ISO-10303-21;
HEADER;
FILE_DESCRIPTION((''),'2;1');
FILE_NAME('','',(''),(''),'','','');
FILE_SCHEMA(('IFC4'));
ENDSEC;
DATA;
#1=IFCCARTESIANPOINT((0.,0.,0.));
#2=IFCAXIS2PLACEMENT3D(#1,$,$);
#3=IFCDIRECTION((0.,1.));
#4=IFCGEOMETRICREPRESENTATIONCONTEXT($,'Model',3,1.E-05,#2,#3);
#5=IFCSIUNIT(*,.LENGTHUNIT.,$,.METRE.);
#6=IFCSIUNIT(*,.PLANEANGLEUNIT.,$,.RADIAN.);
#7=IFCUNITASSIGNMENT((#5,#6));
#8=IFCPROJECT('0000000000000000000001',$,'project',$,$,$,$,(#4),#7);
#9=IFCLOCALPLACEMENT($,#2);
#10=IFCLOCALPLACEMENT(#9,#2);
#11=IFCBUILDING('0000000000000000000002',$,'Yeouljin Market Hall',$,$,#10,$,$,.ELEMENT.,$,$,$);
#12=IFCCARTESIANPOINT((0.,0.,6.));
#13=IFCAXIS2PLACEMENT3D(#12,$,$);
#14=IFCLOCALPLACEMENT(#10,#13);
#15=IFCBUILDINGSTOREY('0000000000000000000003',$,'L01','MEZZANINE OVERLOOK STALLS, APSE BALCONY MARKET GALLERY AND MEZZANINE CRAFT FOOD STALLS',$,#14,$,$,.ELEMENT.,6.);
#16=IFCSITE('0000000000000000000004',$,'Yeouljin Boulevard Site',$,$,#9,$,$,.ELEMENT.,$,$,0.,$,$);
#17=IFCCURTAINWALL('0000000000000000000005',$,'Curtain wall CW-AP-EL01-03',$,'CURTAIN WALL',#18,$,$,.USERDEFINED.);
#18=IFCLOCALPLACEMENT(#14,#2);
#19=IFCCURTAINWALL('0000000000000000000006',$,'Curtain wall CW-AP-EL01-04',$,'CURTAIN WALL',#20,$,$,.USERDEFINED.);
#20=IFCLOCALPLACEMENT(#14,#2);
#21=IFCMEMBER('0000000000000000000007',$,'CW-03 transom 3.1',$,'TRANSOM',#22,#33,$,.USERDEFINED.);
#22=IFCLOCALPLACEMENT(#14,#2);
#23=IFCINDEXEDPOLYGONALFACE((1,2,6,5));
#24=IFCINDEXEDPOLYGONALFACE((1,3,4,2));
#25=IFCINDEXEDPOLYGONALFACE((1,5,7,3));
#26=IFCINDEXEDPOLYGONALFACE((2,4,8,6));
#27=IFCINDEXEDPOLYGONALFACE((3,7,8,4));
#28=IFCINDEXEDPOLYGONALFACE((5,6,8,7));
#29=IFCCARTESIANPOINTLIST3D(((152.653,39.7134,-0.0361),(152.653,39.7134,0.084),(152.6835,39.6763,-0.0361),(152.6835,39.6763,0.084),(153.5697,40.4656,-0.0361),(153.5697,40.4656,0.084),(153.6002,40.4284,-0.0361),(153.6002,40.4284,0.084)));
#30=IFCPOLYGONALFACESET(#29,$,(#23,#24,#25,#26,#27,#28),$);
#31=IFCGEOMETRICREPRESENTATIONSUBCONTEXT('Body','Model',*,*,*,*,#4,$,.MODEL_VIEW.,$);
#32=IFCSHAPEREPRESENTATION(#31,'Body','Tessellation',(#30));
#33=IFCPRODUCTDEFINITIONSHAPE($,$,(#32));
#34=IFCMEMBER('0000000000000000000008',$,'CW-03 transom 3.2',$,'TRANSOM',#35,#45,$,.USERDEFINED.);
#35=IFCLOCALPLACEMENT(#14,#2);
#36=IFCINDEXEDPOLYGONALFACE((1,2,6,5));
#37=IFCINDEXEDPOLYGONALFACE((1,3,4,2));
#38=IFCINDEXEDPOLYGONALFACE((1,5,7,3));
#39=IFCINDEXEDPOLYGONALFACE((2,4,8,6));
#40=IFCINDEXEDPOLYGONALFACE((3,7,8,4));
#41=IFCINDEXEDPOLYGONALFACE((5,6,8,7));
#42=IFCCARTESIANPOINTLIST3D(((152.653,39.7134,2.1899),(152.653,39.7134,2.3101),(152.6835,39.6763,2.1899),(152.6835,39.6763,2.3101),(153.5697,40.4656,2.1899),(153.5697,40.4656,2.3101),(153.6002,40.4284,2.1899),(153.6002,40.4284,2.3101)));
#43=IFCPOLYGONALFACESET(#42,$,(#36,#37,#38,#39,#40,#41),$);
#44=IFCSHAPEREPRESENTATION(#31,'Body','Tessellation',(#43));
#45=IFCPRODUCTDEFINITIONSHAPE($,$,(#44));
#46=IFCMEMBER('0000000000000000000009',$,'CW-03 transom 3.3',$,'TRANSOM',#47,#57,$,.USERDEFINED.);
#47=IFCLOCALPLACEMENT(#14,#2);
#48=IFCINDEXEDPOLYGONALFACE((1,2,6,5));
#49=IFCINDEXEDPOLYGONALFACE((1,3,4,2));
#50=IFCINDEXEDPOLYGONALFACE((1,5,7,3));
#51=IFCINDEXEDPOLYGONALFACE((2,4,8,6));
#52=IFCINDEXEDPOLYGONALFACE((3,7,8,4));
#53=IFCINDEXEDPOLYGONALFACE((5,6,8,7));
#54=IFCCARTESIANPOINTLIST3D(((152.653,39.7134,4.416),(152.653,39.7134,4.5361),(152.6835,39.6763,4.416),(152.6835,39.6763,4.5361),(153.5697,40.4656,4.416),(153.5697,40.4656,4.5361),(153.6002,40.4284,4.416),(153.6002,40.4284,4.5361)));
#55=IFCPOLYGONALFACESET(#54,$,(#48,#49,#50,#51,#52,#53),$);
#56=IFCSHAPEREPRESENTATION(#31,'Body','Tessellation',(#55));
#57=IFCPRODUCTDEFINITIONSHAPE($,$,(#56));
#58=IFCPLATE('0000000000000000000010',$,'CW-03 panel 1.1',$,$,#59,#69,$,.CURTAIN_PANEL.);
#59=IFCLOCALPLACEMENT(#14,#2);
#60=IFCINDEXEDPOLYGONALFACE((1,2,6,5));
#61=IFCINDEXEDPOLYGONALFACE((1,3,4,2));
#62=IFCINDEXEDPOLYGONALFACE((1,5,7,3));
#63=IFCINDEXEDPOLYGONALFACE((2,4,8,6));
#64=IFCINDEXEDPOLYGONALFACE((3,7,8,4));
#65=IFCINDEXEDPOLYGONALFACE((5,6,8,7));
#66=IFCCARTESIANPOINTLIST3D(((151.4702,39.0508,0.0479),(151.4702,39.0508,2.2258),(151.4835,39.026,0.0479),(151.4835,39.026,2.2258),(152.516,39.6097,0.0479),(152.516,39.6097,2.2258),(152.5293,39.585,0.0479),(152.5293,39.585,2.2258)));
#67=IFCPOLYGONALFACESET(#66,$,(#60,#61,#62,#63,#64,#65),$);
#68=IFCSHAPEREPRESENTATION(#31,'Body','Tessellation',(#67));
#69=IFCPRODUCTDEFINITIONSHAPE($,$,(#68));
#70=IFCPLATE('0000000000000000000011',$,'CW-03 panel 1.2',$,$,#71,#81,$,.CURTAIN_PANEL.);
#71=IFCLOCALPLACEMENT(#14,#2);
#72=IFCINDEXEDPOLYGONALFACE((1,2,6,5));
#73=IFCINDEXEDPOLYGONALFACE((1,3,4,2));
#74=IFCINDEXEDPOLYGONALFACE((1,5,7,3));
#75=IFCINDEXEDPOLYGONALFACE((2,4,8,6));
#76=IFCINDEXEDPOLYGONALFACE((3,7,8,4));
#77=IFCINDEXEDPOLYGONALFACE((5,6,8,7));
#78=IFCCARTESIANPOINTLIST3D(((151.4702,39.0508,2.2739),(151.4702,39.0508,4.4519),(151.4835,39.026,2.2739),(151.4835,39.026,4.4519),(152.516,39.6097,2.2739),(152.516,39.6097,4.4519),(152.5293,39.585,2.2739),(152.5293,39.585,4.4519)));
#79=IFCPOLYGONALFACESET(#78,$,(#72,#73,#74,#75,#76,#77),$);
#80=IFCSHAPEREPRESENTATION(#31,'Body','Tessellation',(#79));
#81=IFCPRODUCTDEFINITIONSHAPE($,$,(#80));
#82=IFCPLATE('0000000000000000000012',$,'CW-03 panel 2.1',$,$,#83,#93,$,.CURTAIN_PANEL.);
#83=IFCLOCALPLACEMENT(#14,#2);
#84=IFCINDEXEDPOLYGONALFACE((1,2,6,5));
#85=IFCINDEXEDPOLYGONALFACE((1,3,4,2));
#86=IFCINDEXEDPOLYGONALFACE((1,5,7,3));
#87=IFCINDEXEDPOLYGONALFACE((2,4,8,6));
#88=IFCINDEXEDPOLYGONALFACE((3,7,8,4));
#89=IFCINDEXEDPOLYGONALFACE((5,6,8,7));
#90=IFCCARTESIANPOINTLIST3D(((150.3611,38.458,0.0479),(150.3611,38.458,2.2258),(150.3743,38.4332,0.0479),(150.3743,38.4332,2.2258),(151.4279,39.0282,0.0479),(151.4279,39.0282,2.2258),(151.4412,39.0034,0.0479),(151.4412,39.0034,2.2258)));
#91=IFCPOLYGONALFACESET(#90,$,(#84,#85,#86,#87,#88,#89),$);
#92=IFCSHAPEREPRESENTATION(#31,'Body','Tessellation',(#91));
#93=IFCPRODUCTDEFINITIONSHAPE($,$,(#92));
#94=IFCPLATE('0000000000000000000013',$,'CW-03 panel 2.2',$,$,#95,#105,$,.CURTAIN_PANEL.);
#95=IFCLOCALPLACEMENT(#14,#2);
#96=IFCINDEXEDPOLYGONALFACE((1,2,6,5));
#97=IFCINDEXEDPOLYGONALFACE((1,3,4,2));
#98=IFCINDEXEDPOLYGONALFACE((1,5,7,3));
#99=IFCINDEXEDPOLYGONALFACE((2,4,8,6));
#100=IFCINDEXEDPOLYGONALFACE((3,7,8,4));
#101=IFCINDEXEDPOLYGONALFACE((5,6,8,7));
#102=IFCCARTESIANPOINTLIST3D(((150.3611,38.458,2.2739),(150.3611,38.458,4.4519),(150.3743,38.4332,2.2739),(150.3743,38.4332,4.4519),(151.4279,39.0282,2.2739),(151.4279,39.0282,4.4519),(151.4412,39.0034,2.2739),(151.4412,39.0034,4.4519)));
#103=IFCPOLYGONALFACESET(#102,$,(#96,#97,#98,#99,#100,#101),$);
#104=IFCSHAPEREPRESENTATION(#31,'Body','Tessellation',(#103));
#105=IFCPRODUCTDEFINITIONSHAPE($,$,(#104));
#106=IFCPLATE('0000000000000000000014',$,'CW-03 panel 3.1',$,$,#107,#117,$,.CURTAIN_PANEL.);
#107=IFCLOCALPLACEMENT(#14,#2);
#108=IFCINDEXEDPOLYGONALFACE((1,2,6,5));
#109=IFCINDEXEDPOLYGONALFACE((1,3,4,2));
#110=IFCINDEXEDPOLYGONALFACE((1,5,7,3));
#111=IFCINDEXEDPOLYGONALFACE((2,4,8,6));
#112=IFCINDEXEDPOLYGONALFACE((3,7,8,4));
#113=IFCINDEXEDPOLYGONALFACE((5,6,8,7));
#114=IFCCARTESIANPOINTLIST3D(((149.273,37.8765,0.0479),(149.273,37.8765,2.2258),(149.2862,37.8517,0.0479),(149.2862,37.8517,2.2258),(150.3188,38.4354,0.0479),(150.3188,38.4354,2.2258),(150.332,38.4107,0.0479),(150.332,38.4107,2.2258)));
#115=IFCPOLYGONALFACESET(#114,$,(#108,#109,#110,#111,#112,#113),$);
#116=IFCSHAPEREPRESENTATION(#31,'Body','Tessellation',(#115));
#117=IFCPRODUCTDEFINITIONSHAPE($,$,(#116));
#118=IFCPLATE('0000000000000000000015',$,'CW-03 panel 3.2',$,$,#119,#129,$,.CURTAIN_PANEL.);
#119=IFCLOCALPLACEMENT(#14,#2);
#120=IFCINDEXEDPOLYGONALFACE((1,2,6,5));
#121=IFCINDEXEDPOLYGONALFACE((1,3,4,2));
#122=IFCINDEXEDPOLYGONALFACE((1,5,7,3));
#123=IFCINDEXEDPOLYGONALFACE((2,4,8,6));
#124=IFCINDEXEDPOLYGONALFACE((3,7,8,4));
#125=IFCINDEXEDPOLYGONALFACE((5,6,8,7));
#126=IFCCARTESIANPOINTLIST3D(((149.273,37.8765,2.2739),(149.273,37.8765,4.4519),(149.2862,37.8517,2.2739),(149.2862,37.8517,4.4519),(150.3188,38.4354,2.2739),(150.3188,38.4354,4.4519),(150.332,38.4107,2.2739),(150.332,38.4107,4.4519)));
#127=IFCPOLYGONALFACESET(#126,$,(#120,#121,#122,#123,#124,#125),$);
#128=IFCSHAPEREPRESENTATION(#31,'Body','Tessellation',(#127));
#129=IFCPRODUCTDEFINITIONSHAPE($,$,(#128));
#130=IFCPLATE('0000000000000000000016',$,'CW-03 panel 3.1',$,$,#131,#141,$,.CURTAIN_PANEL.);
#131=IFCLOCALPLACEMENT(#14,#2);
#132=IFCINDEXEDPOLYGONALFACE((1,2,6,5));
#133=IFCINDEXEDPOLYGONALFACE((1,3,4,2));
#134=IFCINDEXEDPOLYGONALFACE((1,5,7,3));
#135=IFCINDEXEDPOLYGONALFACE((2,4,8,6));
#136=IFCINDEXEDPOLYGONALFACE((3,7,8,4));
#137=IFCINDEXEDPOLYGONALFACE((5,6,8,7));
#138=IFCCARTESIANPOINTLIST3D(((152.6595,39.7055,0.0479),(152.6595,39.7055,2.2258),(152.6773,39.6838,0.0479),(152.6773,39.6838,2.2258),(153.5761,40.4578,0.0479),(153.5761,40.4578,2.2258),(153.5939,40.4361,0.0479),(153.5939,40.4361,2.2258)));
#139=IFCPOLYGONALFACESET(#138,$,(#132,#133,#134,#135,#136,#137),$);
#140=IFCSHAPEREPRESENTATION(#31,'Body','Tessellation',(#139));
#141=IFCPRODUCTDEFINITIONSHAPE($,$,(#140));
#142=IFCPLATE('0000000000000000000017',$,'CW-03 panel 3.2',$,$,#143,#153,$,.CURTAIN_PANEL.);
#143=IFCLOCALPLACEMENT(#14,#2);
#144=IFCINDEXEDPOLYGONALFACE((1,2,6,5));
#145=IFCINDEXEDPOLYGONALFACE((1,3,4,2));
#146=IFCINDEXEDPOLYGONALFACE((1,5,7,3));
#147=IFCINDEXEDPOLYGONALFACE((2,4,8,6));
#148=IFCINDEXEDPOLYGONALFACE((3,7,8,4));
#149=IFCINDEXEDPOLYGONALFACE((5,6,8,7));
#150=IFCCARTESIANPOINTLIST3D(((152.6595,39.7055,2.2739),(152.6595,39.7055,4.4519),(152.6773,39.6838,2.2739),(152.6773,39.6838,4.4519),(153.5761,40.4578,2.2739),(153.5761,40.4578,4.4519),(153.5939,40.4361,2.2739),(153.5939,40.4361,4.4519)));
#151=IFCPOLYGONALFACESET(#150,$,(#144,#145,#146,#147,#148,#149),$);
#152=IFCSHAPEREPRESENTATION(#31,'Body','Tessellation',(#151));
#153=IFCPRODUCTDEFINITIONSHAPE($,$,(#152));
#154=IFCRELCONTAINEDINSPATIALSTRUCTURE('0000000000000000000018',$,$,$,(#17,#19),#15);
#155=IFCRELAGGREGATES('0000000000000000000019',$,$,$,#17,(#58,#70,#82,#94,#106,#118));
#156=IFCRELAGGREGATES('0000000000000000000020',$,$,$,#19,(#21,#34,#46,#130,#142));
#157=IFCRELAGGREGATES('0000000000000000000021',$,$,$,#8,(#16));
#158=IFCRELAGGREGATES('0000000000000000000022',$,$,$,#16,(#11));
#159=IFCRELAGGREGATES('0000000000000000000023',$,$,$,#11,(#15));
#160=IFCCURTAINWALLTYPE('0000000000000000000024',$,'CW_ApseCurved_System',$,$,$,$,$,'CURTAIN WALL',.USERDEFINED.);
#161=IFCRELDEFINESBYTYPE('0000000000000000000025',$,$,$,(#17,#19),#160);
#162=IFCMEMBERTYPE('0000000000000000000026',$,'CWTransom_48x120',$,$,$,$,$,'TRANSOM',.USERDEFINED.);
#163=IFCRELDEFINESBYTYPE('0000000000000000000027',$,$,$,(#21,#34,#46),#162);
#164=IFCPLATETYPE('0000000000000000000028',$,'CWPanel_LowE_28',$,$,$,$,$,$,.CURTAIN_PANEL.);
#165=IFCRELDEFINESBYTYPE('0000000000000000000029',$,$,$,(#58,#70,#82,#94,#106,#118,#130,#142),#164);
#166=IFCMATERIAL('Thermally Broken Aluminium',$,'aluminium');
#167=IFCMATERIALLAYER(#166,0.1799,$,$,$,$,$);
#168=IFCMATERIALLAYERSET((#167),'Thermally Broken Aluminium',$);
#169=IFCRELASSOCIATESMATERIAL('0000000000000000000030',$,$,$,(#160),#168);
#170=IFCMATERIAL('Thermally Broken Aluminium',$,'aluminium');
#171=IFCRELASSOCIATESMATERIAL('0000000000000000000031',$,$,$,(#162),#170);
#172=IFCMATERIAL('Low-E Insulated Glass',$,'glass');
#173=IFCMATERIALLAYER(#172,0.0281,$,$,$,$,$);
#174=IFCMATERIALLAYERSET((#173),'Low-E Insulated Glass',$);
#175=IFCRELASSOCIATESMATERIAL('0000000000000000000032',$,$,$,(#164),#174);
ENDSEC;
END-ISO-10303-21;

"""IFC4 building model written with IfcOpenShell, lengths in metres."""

from ifc_helpers import new_model, si_unit, direction, frame, origin, origin_2d, place, context, subcontext, project, spatial, rectangle, extrude, material, layer, layer_set, material_profile, profile_set, type_object, element, aggregate, save


model = new_model("IFC4")

# Units and contexts
model_context = context("Model", 3, precision=1e-05, world=origin(), true_north=direction((0.0, 1.0)))
body_context = subcontext(model_context, "Body", "Model", "MODEL_VIEW")
ifc_project = project(units=[si_unit("LENGTHUNIT", "METRE"), si_unit("PLANEANGLEUNIT", "RADIAN")], contexts=[model_context])

# Site, building, storey
site_placement = place(None, origin())
site = spatial("IfcSite", under=ifc_project, at=site_placement, Name="Yeouljin Boulevard Site", CompositionType="ELEMENT", RefElevation=0.0)
building_placement = place(site_placement, origin())
building = spatial("IfcBuilding", under=site, at=building_placement, Name="Yeouljin Market Hall", CompositionType="ELEMENT")
storey_placement = place(building_placement, frame((0.0, 0.0, 6.0)))
storey = spatial("IfcBuildingStorey", under=building, at=storey_placement, Name="L01", Description="MEZZANINE OVERLOOK STALLS, APSE BALCONY MARKET GALLERY AND MEZZANINE CRAFT FOOD STALLS", CompositionType="ELEMENT", Elevation=6.0)

# Curtain wall
ifc_material_1 = material(Name="Thermally Broken Aluminium", Category="aluminium")
ifc_layer_1 = layer(ifc_material_1, 0.1799)
ifc_layer_set_1 = layer_set([ifc_layer_1], Name="Thermally Broken Aluminium")
curtain_wall_type = type_object("IfcCurtainWallType", Name="CW_ApseCurved_System", ElementType="CURTAIN WALL", PredefinedType="USERDEFINED", material=ifc_layer_set_1)
curtain_wall_1_placement = place(storey_placement, origin())
curtain_wall_1 = element("IfcCurtainWall", 1, at=curtain_wall_1_placement, inside=storey, type_object=curtain_wall_type, Name="Curtain wall CW-AP-EL01-03", ObjectType="CURTAIN WALL", PredefinedType="USERDEFINED")

# Curtain wall
curtain_wall_2_placement = place(storey_placement, origin())
curtain_wall_2 = element("IfcCurtainWall", 2, at=curtain_wall_2_placement, inside=storey, type_object=curtain_wall_type, Name="Curtain wall CW-AP-EL01-04", ObjectType="CURTAIN WALL", PredefinedType="USERDEFINED")

# Members
ifc_material_2 = material(Name="Thermally Broken Aluminium", Category="aluminium")
ifc_material_profile_1 = material_profile(ifc_material_2, rectangle(XDim=0.0481, YDim=0.1201, at=origin_2d()), Name="CW-TRAN-48x120")
ifc_profile_set_1 = profile_set([ifc_material_profile_1], Name="Thermally Broken Aluminium")
member_type_1 = type_object("IfcMemberType", Name="CWTransom_48x120", ElementType="TRANSOM", PredefinedType="USERDEFINED", material=ifc_profile_set_1)
member_1_placement = place(storey_placement, frame((153.585, 40.447, 0.0239), z_axis=(-0.773076, -0.634313, 0.0), x_axis=(0.634313, -0.773076, 0.0)))
member_1 = element("IfcMember", 3, at=member_1_placement, type_object=member_type_1, Name="CW-03 transom 3.1", ObjectType="TRANSOM", PredefinedType="USERDEFINED", context=body_context, shape_type="SweptSolid", body=[
    extrude(rectangle(XDim=0.0481, YDim=0.1201, at=origin_2d()), origin(), (0.0, 0.0, 1.0), 1.1858),
])
member_2_placement = place(storey_placement, frame((153.585, 40.447, 2.25), z_axis=(-0.773076, -0.634313, 0.0), x_axis=(0.634313, -0.773076, 0.0)))
member_2 = element("IfcMember", 4, at=member_2_placement, type_object=member_type_1, Name="CW-03 transom 3.2", ObjectType="TRANSOM", PredefinedType="USERDEFINED", context=body_context, shape_type="SweptSolid", body=[
    extrude(rectangle(XDim=0.0481, YDim=0.1201, at=origin_2d()), origin(), (0.0, 0.0, 1.0), 1.1858),
])
member_3_placement = place(storey_placement, frame((153.585, 40.447, 4.4761), z_axis=(-0.773076, -0.634313, 0.0), x_axis=(0.634313, -0.773076, 0.0)))
member_3 = element("IfcMember", 5, at=member_3_placement, type_object=member_type_1, Name="CW-03 transom 3.3", ObjectType="TRANSOM", PredefinedType="USERDEFINED", context=body_context, shape_type="SweptSolid", body=[
    extrude(rectangle(XDim=0.0481, YDim=0.1201, at=origin_2d()), origin(), (0.0, 0.0, 1.0), 1.1858),
])

# Plates
ifc_material_3 = material(Name="Low-E Insulated Glass", Category="glass")
ifc_layer_2 = layer(ifc_material_3, 0.0281)
ifc_layer_set_2 = layer_set([ifc_layer_2], Name="Low-E Insulated Glass")
plate_type = type_object("IfcPlateType", Name="CWPanel_LowE_28", PredefinedType="CURTAIN_PANEL", material=ifc_layer_set_2)
plate_1_placement = place(storey_placement, frame((151.9998, 39.3179, 0.0479), z_axis=(0.0, 0.0, 1.0), x_axis=(-0.881931, -0.471378, 0.0)))
plate_1 = element("IfcPlate", 6, at=plate_1_placement, type_object=plate_type, Name="CW-03 panel 1.1", PredefinedType="CURTAIN_PANEL", context=body_context, shape_type="SweptSolid", body=[
    extrude(rectangle(XDim=1.1858, YDim=0.0281, at=origin_2d()), origin(), (0.0, 0.0, 1.0), 2.178),
])
plate_2_placement = place(storey_placement, frame((151.9998, 39.3179, 2.2739), z_axis=(0.0, 0.0, 1.0), x_axis=(-0.881931, -0.471378, 0.0)))
plate_2 = element("IfcPlate", 7, at=plate_2_placement, type_object=plate_type, Name="CW-03 panel 1.2", PredefinedType="CURTAIN_PANEL", context=body_context, shape_type="SweptSolid", body=[
    extrude(rectangle(XDim=1.1858, YDim=0.0281, at=origin_2d()), origin(), (0.0, 0.0, 1.0), 2.178),
])
plate_3_placement = place(storey_placement, frame((150.9011, 38.7307, 0.0479), z_axis=(0.0, 0.0, 1.0), x_axis=(-0.881931, -0.471378, 0.0)))
plate_3 = element("IfcPlate", 8, at=plate_3_placement, type_object=plate_type, Name="CW-03 panel 2.1", PredefinedType="CURTAIN_PANEL", context=body_context, shape_type="SweptSolid", body=[
    extrude(rectangle(XDim=1.2097, YDim=0.0281, at=origin_2d()), origin(), (0.0, 0.0, 1.0), 2.178),
])
plate_4_placement = place(storey_placement, frame((150.9011, 38.7307, 2.2739), z_axis=(0.0, 0.0, 1.0), x_axis=(-0.881931, -0.471378, 0.0)))
plate_4 = element("IfcPlate", 9, at=plate_4_placement, type_object=plate_type, Name="CW-03 panel 2.2", PredefinedType="CURTAIN_PANEL", context=body_context, shape_type="SweptSolid", body=[
    extrude(rectangle(XDim=1.2097, YDim=0.0281, at=origin_2d()), origin(), (0.0, 0.0, 1.0), 2.178),
])
plate_5_placement = place(storey_placement, frame((149.8025, 38.1436, 0.0479), z_axis=(0.0, 0.0, 1.0), x_axis=(-0.881931, -0.471378, 0.0)))
plate_5 = element("IfcPlate", 10, at=plate_5_placement, type_object=plate_type, Name="CW-03 panel 3.1", PredefinedType="CURTAIN_PANEL", context=body_context, shape_type="SweptSolid", body=[
    extrude(rectangle(XDim=1.1858, YDim=0.0281, at=origin_2d()), origin(), (0.0, 0.0, 1.0), 2.178),
])
plate_6_placement = place(storey_placement, frame((149.8025, 38.1436, 2.2739), z_axis=(0.0, 0.0, 1.0), x_axis=(-0.881931, -0.471378, 0.0)))
plate_6 = element("IfcPlate", 11, at=plate_6_placement, type_object=plate_type, Name="CW-03 panel 3.2", PredefinedType="CURTAIN_PANEL", context=body_context, shape_type="SweptSolid", body=[
    extrude(rectangle(XDim=1.1858, YDim=0.0281, at=origin_2d()), origin(), (0.0, 0.0, 1.0), 2.178),
])
aggregate(curtain_wall_1, [plate_1, plate_2, plate_3, plate_4, plate_5, plate_6])
plate_7_placement = place(storey_placement, frame((153.1267, 40.0708, 0.0479), z_axis=(0.0, 0.0, 1.0), x_axis=(-0.773018, -0.634384, 0.0)))
plate_7 = element("IfcPlate", 12, at=plate_7_placement, type_object=plate_type, Name="CW-03 panel 3.1", PredefinedType="CURTAIN_PANEL", context=body_context, shape_type="SweptSolid", body=[
    extrude(rectangle(XDim=1.1858, YDim=0.0281, at=origin_2d()), origin(), (0.0, 0.0, 1.0), 2.178),
])
plate_8_placement = place(storey_placement, frame((153.1267, 40.0708, 2.2739), z_axis=(0.0, 0.0, 1.0), x_axis=(-0.773018, -0.634384, 0.0)))
plate_8 = element("IfcPlate", 13, at=plate_8_placement, type_object=plate_type, Name="CW-03 panel 3.2", PredefinedType="CURTAIN_PANEL", context=body_context, shape_type="SweptSolid", body=[
    extrude(rectangle(XDim=1.1858, YDim=0.0281, at=origin_2d()), origin(), (0.0, 0.0, 1.0), 2.178),
])
aggregate(curtain_wall_2, [member_1, member_2, member_3, plate_7, plate_8])

save(model, "model.ifc")
